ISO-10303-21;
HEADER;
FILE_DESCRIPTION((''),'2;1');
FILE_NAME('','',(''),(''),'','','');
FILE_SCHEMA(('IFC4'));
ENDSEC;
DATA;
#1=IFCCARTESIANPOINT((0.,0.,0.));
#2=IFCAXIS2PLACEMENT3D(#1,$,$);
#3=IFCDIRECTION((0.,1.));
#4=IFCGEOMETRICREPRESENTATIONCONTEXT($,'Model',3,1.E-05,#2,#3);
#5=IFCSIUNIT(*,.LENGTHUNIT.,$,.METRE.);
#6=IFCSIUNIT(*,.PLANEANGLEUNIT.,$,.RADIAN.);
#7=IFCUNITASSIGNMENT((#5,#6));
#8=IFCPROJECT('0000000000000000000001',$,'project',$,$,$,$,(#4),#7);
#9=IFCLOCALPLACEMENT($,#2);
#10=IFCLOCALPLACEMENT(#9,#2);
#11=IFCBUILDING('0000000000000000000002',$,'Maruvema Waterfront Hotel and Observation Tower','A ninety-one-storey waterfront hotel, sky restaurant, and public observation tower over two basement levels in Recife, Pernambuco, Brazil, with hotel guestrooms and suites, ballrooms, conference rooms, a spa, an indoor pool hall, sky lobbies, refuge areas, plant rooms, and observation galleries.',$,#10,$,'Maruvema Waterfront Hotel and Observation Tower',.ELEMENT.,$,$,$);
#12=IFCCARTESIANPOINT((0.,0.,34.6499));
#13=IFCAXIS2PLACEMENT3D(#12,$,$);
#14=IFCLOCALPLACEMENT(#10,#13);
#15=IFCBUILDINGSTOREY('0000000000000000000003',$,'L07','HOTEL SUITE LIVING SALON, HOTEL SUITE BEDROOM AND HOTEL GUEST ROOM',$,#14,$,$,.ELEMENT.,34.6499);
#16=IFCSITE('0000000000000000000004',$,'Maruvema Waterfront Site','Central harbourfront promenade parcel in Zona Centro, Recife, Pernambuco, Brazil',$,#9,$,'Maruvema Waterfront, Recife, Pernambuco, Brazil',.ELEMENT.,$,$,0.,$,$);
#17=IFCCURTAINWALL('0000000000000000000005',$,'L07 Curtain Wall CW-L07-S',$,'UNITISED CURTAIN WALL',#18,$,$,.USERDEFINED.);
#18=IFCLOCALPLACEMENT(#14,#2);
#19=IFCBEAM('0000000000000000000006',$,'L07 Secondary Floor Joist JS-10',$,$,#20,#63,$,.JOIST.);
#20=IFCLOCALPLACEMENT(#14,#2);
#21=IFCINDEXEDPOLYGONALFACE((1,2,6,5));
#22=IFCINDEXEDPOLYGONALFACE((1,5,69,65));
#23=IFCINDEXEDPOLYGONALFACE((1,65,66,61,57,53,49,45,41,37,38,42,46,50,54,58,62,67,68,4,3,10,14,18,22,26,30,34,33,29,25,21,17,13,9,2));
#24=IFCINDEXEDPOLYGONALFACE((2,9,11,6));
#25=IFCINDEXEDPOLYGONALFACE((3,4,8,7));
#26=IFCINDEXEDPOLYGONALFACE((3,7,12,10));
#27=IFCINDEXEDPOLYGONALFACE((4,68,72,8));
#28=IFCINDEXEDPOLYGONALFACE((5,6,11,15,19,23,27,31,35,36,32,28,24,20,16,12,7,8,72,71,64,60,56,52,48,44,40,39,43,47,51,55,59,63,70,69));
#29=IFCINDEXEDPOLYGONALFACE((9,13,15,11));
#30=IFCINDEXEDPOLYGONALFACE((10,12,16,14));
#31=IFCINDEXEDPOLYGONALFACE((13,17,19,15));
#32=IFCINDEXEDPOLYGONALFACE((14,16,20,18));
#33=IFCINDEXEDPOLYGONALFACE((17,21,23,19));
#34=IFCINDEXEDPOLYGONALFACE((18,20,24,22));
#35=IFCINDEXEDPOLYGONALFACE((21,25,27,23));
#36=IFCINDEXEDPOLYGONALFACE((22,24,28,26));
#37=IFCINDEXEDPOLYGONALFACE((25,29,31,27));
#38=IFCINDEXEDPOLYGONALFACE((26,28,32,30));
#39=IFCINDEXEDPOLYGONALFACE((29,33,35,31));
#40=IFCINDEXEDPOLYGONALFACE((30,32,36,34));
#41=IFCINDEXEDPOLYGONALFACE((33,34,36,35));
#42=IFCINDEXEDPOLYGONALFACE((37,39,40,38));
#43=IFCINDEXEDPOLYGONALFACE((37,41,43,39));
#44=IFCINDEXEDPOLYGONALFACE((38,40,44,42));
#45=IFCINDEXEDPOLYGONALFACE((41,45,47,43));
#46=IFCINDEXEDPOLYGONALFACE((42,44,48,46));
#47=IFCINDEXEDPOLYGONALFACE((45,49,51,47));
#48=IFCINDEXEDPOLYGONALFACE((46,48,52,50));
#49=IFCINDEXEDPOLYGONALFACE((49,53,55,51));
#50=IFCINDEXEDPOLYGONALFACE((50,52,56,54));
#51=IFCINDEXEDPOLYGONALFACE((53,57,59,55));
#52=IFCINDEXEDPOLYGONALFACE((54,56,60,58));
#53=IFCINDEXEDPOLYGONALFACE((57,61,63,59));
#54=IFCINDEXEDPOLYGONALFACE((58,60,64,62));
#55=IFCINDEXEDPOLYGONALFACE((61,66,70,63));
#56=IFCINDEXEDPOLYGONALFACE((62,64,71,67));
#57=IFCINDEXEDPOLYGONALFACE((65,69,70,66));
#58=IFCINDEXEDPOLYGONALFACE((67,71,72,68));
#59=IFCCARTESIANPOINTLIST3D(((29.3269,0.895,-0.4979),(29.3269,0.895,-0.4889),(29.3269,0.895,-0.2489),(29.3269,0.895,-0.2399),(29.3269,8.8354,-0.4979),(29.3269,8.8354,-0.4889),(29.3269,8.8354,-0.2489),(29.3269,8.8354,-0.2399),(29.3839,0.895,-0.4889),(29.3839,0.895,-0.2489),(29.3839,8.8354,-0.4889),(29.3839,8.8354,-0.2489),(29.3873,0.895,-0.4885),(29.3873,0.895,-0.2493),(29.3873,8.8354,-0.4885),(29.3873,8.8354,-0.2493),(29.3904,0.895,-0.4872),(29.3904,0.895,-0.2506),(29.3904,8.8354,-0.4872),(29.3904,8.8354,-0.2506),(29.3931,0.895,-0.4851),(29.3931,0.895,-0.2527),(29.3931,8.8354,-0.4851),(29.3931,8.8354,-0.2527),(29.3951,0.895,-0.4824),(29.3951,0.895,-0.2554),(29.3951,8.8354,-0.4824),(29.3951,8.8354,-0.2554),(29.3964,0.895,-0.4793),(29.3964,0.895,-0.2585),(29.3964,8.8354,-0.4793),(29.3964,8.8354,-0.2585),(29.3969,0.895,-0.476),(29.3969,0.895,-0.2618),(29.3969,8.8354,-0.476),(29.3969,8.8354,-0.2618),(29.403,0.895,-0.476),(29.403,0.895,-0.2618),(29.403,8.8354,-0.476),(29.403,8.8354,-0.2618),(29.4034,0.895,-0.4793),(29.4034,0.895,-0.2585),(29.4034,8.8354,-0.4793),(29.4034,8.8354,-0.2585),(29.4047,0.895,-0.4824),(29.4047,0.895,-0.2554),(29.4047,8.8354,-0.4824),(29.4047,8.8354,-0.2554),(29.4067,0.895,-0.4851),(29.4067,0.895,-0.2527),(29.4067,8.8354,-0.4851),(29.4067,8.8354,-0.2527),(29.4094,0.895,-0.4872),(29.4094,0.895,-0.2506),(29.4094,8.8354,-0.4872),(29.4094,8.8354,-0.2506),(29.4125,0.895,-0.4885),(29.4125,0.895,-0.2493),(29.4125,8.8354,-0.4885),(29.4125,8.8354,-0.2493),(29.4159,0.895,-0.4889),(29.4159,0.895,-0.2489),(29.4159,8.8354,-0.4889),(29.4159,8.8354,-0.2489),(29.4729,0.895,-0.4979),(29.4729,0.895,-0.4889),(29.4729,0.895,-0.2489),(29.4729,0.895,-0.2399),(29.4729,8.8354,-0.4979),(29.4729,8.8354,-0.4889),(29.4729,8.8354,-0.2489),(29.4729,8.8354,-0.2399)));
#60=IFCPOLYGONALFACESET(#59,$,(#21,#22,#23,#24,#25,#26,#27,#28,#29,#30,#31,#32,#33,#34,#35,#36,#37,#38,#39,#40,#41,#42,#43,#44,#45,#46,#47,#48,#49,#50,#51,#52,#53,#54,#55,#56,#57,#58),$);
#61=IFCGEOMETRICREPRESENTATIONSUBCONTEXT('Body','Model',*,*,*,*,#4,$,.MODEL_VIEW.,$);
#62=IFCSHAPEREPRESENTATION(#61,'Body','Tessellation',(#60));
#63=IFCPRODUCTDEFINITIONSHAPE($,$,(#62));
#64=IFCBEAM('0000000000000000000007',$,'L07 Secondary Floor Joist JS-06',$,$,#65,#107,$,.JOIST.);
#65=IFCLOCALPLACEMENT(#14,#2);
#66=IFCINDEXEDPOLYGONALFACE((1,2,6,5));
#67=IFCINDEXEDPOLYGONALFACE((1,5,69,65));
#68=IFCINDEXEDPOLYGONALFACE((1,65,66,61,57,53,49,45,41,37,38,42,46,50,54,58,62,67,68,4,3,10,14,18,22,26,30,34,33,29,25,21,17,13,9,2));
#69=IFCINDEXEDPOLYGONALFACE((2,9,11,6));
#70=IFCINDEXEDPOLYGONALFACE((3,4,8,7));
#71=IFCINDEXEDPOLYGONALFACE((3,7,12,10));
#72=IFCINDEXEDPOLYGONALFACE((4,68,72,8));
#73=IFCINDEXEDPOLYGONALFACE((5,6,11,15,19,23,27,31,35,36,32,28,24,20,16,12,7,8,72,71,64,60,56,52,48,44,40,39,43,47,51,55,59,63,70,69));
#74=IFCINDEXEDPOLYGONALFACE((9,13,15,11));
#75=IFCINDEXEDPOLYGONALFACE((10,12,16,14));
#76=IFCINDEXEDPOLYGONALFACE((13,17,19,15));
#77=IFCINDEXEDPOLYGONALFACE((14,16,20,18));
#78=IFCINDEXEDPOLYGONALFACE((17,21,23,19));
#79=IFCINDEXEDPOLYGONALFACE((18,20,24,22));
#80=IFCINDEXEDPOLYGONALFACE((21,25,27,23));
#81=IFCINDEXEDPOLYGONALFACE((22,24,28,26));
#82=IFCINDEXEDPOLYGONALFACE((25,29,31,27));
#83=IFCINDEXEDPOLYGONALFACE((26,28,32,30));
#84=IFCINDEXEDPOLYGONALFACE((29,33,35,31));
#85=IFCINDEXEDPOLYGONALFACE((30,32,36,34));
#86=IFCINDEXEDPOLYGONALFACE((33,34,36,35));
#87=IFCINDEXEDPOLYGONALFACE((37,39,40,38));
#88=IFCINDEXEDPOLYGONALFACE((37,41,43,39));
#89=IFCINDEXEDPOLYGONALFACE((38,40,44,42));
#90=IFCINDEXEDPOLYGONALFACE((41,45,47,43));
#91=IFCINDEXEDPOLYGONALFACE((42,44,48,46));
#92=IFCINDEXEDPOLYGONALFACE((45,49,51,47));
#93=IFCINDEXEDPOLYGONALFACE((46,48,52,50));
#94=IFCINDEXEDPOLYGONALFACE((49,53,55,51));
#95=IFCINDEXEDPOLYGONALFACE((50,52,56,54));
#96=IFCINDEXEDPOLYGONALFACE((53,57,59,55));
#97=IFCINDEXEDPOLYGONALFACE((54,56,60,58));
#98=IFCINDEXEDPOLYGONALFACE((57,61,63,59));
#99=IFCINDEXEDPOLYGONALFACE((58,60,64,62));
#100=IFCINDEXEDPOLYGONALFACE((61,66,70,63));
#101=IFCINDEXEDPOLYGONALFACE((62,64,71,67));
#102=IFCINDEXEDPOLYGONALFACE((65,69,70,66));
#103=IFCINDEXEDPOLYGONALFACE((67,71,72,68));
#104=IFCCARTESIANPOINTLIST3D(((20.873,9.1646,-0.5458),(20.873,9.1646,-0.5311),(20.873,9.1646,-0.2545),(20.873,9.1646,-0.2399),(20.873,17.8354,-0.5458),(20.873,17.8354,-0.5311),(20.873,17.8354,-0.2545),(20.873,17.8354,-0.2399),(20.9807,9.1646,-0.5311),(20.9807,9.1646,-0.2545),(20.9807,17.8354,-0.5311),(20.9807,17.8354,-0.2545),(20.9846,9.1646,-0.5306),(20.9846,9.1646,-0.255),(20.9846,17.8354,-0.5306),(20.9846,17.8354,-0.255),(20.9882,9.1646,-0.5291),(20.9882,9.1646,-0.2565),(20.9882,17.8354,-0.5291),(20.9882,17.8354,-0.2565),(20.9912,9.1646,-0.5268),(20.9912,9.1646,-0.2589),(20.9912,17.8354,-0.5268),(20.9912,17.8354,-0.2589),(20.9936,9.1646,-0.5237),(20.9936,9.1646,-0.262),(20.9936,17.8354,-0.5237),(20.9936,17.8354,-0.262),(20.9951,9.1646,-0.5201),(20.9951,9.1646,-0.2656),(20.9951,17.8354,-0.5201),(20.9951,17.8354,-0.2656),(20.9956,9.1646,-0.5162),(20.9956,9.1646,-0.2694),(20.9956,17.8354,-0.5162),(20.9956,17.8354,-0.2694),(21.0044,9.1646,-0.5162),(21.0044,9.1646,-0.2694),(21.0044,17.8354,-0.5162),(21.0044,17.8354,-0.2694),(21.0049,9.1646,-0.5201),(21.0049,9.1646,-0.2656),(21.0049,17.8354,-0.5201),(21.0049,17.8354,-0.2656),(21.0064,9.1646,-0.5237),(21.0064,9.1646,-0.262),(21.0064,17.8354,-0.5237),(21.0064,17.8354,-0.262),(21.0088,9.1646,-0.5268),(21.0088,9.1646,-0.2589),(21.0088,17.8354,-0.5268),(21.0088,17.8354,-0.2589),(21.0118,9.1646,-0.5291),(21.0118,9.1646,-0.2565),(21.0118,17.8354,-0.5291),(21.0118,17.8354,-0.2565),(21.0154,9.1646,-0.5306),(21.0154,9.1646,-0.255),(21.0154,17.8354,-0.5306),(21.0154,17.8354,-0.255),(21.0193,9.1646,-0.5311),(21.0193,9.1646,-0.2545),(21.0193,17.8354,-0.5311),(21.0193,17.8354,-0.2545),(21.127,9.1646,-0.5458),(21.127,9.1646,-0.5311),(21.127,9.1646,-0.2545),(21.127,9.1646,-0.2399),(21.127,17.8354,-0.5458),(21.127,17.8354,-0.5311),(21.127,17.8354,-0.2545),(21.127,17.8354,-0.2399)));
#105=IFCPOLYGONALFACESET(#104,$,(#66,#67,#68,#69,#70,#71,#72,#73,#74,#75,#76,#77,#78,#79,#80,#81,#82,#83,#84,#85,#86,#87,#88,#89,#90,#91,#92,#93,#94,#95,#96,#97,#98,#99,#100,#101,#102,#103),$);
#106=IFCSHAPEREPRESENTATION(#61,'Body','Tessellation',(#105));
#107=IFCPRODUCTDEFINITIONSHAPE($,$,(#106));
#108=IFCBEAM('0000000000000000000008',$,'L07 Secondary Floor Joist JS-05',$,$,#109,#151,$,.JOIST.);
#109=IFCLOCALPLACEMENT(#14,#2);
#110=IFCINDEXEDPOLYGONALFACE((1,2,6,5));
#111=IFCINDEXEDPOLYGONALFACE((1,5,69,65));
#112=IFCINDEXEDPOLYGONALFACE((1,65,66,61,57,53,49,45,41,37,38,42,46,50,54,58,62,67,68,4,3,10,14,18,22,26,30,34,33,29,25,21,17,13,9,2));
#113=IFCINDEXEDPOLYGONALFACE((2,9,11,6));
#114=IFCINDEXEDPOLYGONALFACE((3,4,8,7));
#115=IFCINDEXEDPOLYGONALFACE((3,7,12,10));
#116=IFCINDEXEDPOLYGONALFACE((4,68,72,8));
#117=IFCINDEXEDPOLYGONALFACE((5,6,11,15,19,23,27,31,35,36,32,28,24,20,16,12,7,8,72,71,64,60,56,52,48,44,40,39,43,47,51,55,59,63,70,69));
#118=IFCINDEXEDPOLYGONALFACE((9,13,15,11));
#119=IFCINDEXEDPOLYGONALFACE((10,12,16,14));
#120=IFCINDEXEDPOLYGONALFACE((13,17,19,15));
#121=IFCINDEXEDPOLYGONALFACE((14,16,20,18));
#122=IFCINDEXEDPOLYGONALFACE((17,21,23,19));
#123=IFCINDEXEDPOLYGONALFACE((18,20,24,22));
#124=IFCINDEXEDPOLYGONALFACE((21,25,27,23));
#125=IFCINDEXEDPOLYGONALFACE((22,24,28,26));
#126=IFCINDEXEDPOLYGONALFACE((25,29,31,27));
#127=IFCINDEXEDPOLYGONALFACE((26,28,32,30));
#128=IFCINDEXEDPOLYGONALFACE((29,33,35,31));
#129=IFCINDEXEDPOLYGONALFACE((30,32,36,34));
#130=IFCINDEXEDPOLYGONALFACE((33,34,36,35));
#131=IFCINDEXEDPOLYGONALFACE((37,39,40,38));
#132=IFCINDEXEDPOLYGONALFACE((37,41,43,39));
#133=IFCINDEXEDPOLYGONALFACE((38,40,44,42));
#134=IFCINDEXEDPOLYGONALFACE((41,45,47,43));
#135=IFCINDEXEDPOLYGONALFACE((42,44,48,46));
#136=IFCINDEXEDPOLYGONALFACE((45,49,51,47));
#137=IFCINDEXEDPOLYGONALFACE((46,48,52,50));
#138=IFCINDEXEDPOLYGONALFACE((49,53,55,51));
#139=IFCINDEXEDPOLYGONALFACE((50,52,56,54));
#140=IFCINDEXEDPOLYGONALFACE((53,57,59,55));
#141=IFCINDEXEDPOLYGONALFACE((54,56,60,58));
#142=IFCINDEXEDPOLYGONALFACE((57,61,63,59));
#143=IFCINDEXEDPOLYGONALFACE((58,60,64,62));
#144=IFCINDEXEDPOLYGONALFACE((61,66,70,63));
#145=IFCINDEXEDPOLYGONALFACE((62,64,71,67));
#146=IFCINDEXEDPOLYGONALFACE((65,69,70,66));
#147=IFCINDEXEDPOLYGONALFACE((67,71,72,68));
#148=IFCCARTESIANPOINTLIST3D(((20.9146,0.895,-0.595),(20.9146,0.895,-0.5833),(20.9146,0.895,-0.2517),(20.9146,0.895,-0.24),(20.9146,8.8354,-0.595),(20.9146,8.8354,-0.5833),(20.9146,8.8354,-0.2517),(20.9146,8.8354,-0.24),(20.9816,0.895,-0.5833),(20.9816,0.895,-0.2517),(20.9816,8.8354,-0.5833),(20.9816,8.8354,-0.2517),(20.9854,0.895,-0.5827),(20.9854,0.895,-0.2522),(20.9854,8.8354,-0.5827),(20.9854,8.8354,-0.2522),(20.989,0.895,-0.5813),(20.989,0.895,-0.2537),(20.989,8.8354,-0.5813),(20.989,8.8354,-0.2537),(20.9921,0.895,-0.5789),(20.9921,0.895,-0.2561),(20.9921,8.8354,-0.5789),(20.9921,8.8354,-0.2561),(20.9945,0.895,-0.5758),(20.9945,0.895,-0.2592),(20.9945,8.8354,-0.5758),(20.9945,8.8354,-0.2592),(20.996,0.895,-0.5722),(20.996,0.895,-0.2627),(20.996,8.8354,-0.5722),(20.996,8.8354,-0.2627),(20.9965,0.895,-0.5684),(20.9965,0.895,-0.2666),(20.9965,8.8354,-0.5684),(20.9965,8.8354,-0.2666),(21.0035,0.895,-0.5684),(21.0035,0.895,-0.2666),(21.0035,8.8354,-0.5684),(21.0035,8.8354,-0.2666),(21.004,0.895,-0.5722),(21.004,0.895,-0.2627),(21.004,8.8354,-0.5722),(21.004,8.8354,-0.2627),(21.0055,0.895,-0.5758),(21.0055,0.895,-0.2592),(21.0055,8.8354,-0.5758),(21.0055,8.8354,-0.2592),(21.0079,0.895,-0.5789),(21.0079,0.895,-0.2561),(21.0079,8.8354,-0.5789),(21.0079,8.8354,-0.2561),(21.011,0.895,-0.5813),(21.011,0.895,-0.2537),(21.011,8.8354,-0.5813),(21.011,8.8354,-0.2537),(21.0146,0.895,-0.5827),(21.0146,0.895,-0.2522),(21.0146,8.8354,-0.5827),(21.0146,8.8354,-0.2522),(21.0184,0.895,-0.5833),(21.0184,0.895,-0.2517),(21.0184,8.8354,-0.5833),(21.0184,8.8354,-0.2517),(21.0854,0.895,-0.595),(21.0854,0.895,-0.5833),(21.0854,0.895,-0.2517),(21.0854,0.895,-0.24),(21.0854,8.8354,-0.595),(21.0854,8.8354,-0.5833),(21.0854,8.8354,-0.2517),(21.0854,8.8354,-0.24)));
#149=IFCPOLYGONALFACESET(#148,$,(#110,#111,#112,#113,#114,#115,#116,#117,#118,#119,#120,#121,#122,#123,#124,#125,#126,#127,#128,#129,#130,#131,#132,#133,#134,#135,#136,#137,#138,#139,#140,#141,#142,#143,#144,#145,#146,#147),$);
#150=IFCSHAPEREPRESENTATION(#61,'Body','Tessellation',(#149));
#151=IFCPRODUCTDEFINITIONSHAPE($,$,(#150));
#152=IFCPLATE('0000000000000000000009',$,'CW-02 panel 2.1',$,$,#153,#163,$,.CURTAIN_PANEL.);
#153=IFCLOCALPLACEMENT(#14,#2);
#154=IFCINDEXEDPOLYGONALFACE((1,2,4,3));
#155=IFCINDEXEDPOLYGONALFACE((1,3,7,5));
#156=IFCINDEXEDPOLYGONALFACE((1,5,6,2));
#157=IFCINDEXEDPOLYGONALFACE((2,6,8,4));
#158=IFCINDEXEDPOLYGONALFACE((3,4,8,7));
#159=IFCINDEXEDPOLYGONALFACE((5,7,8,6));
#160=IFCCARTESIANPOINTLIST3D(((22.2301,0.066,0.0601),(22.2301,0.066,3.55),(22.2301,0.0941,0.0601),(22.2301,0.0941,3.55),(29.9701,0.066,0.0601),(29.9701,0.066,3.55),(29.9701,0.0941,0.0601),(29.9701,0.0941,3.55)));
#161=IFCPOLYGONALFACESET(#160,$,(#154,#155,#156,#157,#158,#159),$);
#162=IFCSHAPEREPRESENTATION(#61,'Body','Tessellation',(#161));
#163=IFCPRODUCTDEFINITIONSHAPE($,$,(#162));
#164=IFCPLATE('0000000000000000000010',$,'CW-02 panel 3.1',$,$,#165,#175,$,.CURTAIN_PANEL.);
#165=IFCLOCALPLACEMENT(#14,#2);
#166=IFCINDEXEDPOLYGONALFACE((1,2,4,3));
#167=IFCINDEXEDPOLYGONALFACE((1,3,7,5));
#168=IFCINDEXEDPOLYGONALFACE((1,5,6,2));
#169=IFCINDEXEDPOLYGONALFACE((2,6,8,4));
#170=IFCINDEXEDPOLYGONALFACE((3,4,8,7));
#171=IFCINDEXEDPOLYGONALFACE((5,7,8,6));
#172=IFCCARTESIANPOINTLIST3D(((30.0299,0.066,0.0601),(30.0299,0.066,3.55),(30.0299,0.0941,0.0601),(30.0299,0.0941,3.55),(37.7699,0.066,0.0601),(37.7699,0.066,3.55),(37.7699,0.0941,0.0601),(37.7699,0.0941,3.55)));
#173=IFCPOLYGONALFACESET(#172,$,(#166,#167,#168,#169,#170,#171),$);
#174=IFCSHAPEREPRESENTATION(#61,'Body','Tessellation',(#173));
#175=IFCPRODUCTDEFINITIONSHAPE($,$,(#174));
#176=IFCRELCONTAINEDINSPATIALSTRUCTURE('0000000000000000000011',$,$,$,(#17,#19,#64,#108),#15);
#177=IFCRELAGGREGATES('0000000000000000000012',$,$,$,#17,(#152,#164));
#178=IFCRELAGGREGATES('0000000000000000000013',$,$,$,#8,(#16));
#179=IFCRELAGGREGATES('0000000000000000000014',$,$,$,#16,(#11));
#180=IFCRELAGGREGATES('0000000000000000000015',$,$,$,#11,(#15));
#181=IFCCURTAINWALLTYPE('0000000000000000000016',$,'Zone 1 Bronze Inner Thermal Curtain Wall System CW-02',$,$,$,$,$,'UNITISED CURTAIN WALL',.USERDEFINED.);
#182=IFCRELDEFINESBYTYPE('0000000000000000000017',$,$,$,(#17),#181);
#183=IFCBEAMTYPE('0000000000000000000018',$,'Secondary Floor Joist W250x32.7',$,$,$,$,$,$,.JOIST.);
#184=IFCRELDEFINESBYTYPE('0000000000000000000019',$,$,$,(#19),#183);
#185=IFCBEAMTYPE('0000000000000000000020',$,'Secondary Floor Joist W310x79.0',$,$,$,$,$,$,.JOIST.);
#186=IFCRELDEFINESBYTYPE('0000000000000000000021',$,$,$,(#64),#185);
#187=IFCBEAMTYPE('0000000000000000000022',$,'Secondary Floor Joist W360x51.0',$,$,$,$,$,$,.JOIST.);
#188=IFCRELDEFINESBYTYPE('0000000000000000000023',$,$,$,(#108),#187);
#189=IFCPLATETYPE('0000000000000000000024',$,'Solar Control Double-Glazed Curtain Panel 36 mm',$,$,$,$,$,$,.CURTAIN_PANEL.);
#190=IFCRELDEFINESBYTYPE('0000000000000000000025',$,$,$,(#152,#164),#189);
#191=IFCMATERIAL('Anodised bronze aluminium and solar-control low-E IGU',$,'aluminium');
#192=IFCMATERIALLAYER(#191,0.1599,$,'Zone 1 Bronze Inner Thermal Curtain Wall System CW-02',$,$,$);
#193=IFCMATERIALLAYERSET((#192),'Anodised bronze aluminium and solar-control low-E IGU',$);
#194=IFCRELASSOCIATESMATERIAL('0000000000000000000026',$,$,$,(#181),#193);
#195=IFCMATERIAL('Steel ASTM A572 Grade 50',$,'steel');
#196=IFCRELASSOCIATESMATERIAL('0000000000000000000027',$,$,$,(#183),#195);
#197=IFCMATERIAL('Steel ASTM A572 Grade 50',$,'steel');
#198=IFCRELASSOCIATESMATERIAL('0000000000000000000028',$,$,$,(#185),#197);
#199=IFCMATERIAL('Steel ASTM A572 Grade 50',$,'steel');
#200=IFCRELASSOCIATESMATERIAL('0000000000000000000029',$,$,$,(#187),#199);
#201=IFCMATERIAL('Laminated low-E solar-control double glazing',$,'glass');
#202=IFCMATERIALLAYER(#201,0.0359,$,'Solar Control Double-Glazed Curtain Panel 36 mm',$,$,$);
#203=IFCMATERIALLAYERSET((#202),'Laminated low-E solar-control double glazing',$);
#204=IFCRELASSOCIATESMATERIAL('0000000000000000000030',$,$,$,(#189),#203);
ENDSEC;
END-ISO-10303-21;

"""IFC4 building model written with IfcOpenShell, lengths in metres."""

from ifc_helpers import new_model, si_unit, direction, frame, origin, origin_2d, place, context, subcontext, project, spatial, rectangle, i_section, extrude, material, layer, layer_set, material_profile, profile_set, type_object, element, aggregate, save


model = new_model("IFC4")

# Units and contexts
model_context = context("Model", 3, precision=1e-05, world=origin(), true_north=direction((0.0, 1.0)))
body_context = subcontext(model_context, "Body", "Model", "MODEL_VIEW")
ifc_project = project(units=[si_unit("LENGTHUNIT", "METRE"), si_unit("PLANEANGLEUNIT", "RADIAN")], contexts=[model_context])

# Site, building, storey
site_placement = place(None, origin())
site = spatial("IfcSite", under=ifc_project, at=site_placement, Name="Maruvema Waterfront Site", Description="Central harbourfront promenade parcel in Zona Centro, Recife, Pernambuco, Brazil", LongName="Maruvema Waterfront, Recife, Pernambuco, Brazil", CompositionType="ELEMENT", RefElevation=0.0)
building_placement = place(site_placement, origin())
building = spatial("IfcBuilding", under=site, at=building_placement, Name="Maruvema Waterfront Hotel and Observation Tower", Description="A ninety-one-storey waterfront hotel, sky restaurant, and public observation tower over two basement levels in Recife, Pernambuco, Brazil, with hotel guestrooms and suites, ballrooms, conference rooms, a spa, an indoor pool hall, sky lobbies, refuge areas, plant rooms, and observation galleries.", LongName="Maruvema Waterfront Hotel and Observation Tower", CompositionType="ELEMENT")
storey_placement = place(building_placement, frame((0.0, 0.0, 34.6499)))
storey = spatial("IfcBuildingStorey", under=building, at=storey_placement, Name="L07", Description="HOTEL SUITE LIVING SALON, HOTEL SUITE BEDROOM AND HOTEL GUEST ROOM", CompositionType="ELEMENT", Elevation=34.6499)

# Curtain wall
ifc_material_1 = material(Name="Anodised bronze aluminium and solar-control low-E IGU", Category="aluminium")
ifc_layer_1 = layer(ifc_material_1, 0.1599, Name="Zone 1 Bronze Inner Thermal Curtain Wall System CW-02")
ifc_layer_set_1 = layer_set([ifc_layer_1], Name="Anodised bronze aluminium and solar-control low-E IGU")
curtain_wall_type = type_object("IfcCurtainWallType", Name="Zone 1 Bronze Inner Thermal Curtain Wall System CW-02", ElementType="UNITISED CURTAIN WALL", PredefinedType="USERDEFINED", material=ifc_layer_set_1)
curtain_wall_placement = place(storey_placement, origin())
curtain_wall = element("IfcCurtainWall", 1, at=curtain_wall_placement, inside=storey, type_object=curtain_wall_type, Name="L07 Curtain Wall CW-L07-S", ObjectType="UNITISED CURTAIN WALL", PredefinedType="USERDEFINED")

# Beams
ifc_material_2 = material(Name="Steel ASTM A572 Grade 50", Category="steel")
ifc_material_profile_1 = material_profile(ifc_material_2, i_section(OverallWidth=0.146, OverallDepth=0.2581, WebThickness=0.0061, FlangeThickness=0.009, FilletRadius=0.0129, at=origin_2d()), Name="W250x32.7")
ifc_profile_set_1 = profile_set([ifc_material_profile_1], Name="Steel ASTM A572 Grade 50")
beam_type_1 = type_object("IfcBeamType", Name="Secondary Floor Joist W250x32.7", PredefinedType="JOIST", material=ifc_profile_set_1)
beam_1_placement = place(storey_placement, frame((29.3999, 0.895, -0.3689), z_axis=(0.0, 1.0, 0.0), x_axis=(-1.0, 0.0, 0.0)))
element("IfcBeam", 2, at=beam_1_placement, inside=storey, type_object=beam_type_1, Name="L07 Secondary Floor Joist JS-10", PredefinedType="JOIST", context=body_context, shape_type="SweptSolid", body=[
    extrude(i_section(OverallWidth=0.146, OverallDepth=0.2581, WebThickness=0.0061, FlangeThickness=0.009, FilletRadius=0.0129, at=origin_2d()), origin(), (0.0, 0.0, 1.0), 7.9404),
])
ifc_material_3 = material(Name="Steel ASTM A572 Grade 50", Category="steel")
ifc_material_profile_2 = material_profile(ifc_material_3, i_section(OverallWidth=0.2539, OverallDepth=0.3059, WebThickness=0.0088, FlangeThickness=0.0146, FilletRadius=0.0149, at=origin_2d()), Name="W310x79.0")
ifc_profile_set_2 = profile_set([ifc_material_profile_2], Name="Steel ASTM A572 Grade 50")
beam_type_2 = type_object("IfcBeamType", Name="Secondary Floor Joist W310x79.0", PredefinedType="JOIST", material=ifc_profile_set_2)
beam_2_placement = place(storey_placement, frame((21.0, 9.1646, -0.3928), z_axis=(0.0, 1.0, 0.0), x_axis=(-1.0, 0.0, 0.0)))
element("IfcBeam", 3, at=beam_2_placement, inside=storey, type_object=beam_type_2, Name="L07 Secondary Floor Joist JS-06", PredefinedType="JOIST", context=body_context, shape_type="SweptSolid", body=[
    extrude(i_section(OverallWidth=0.2539, OverallDepth=0.3059, WebThickness=0.0088, FlangeThickness=0.0146, FilletRadius=0.0149, at=origin_2d()), origin(), (0.0, 0.0, 1.0), 8.6709),
])
ifc_material_4 = material(Name="Steel ASTM A572 Grade 50", Category="steel")
ifc_material_profile_3 = material_profile(ifc_material_4, i_section(OverallWidth=0.1709, OverallDepth=0.355, WebThickness=0.0071, FlangeThickness=0.0117, FilletRadius=0.0149, at=origin_2d()), Name="W360x51.0")
ifc_profile_set_3 = profile_set([ifc_material_profile_3], Name="Steel ASTM A572 Grade 50")
beam_type_3 = type_object("IfcBeamType", Name="Secondary Floor Joist W360x51.0", PredefinedType="JOIST", material=ifc_profile_set_3)
beam_3_placement = place(storey_placement, frame((21.0, 0.895, -0.4175), z_axis=(0.0, 1.0, 0.0), x_axis=(-1.0, 0.0, 0.0)))
element("IfcBeam", 4, at=beam_3_placement, inside=storey, type_object=beam_type_3, Name="L07 Secondary Floor Joist JS-05", PredefinedType="JOIST", context=body_context, shape_type="SweptSolid", body=[
    extrude(i_section(OverallWidth=0.1709, OverallDepth=0.355, WebThickness=0.0071, FlangeThickness=0.0117, FilletRadius=0.0149, at=origin_2d()), origin(), (0.0, 0.0, 1.0), 7.9404),
])

# Plates
ifc_material_5 = material(Name="Laminated low-E solar-control double glazing", Category="glass")
ifc_layer_2 = layer(ifc_material_5, 0.0359, Name="Solar Control Double-Glazed Curtain Panel 36 mm")
ifc_layer_set_2 = layer_set([ifc_layer_2], Name="Laminated low-E solar-control double glazing")
plate_type = type_object("IfcPlateType", Name="Solar Control Double-Glazed Curtain Panel 36 mm", PredefinedType="CURTAIN_PANEL", material=ifc_layer_set_2)
plate_1_placement = place(storey_placement, frame((26.1001, 0.0801, 0.0601), z_axis=(0.0, 0.0, 1.0), x_axis=(1.0, 0.0, 0.0)))
plate_1 = element("IfcPlate", 5, at=plate_1_placement, type_object=plate_type, Name="CW-02 panel 2.1", PredefinedType="CURTAIN_PANEL", context=body_context, shape_type="SweptSolid", body=[
    extrude(rectangle(XDim=7.74, YDim=0.0281, at=origin_2d()), origin(), (0.0, 0.0, 1.0), 3.49),
])
plate_2_placement = place(storey_placement, frame((33.8999, 0.0801, 0.0601), z_axis=(0.0, 0.0, 1.0), x_axis=(1.0, 0.0, 0.0)))
plate_2 = element("IfcPlate", 6, at=plate_2_placement, type_object=plate_type, Name="CW-02 panel 3.1", PredefinedType="CURTAIN_PANEL", context=body_context, shape_type="SweptSolid", body=[
    extrude(rectangle(XDim=7.74, YDim=0.0281, at=origin_2d()), origin(), (0.0, 0.0, 1.0), 3.49),
])
aggregate(curtain_wall, [plate_1, plate_2])

save(model, "model.ifc")
